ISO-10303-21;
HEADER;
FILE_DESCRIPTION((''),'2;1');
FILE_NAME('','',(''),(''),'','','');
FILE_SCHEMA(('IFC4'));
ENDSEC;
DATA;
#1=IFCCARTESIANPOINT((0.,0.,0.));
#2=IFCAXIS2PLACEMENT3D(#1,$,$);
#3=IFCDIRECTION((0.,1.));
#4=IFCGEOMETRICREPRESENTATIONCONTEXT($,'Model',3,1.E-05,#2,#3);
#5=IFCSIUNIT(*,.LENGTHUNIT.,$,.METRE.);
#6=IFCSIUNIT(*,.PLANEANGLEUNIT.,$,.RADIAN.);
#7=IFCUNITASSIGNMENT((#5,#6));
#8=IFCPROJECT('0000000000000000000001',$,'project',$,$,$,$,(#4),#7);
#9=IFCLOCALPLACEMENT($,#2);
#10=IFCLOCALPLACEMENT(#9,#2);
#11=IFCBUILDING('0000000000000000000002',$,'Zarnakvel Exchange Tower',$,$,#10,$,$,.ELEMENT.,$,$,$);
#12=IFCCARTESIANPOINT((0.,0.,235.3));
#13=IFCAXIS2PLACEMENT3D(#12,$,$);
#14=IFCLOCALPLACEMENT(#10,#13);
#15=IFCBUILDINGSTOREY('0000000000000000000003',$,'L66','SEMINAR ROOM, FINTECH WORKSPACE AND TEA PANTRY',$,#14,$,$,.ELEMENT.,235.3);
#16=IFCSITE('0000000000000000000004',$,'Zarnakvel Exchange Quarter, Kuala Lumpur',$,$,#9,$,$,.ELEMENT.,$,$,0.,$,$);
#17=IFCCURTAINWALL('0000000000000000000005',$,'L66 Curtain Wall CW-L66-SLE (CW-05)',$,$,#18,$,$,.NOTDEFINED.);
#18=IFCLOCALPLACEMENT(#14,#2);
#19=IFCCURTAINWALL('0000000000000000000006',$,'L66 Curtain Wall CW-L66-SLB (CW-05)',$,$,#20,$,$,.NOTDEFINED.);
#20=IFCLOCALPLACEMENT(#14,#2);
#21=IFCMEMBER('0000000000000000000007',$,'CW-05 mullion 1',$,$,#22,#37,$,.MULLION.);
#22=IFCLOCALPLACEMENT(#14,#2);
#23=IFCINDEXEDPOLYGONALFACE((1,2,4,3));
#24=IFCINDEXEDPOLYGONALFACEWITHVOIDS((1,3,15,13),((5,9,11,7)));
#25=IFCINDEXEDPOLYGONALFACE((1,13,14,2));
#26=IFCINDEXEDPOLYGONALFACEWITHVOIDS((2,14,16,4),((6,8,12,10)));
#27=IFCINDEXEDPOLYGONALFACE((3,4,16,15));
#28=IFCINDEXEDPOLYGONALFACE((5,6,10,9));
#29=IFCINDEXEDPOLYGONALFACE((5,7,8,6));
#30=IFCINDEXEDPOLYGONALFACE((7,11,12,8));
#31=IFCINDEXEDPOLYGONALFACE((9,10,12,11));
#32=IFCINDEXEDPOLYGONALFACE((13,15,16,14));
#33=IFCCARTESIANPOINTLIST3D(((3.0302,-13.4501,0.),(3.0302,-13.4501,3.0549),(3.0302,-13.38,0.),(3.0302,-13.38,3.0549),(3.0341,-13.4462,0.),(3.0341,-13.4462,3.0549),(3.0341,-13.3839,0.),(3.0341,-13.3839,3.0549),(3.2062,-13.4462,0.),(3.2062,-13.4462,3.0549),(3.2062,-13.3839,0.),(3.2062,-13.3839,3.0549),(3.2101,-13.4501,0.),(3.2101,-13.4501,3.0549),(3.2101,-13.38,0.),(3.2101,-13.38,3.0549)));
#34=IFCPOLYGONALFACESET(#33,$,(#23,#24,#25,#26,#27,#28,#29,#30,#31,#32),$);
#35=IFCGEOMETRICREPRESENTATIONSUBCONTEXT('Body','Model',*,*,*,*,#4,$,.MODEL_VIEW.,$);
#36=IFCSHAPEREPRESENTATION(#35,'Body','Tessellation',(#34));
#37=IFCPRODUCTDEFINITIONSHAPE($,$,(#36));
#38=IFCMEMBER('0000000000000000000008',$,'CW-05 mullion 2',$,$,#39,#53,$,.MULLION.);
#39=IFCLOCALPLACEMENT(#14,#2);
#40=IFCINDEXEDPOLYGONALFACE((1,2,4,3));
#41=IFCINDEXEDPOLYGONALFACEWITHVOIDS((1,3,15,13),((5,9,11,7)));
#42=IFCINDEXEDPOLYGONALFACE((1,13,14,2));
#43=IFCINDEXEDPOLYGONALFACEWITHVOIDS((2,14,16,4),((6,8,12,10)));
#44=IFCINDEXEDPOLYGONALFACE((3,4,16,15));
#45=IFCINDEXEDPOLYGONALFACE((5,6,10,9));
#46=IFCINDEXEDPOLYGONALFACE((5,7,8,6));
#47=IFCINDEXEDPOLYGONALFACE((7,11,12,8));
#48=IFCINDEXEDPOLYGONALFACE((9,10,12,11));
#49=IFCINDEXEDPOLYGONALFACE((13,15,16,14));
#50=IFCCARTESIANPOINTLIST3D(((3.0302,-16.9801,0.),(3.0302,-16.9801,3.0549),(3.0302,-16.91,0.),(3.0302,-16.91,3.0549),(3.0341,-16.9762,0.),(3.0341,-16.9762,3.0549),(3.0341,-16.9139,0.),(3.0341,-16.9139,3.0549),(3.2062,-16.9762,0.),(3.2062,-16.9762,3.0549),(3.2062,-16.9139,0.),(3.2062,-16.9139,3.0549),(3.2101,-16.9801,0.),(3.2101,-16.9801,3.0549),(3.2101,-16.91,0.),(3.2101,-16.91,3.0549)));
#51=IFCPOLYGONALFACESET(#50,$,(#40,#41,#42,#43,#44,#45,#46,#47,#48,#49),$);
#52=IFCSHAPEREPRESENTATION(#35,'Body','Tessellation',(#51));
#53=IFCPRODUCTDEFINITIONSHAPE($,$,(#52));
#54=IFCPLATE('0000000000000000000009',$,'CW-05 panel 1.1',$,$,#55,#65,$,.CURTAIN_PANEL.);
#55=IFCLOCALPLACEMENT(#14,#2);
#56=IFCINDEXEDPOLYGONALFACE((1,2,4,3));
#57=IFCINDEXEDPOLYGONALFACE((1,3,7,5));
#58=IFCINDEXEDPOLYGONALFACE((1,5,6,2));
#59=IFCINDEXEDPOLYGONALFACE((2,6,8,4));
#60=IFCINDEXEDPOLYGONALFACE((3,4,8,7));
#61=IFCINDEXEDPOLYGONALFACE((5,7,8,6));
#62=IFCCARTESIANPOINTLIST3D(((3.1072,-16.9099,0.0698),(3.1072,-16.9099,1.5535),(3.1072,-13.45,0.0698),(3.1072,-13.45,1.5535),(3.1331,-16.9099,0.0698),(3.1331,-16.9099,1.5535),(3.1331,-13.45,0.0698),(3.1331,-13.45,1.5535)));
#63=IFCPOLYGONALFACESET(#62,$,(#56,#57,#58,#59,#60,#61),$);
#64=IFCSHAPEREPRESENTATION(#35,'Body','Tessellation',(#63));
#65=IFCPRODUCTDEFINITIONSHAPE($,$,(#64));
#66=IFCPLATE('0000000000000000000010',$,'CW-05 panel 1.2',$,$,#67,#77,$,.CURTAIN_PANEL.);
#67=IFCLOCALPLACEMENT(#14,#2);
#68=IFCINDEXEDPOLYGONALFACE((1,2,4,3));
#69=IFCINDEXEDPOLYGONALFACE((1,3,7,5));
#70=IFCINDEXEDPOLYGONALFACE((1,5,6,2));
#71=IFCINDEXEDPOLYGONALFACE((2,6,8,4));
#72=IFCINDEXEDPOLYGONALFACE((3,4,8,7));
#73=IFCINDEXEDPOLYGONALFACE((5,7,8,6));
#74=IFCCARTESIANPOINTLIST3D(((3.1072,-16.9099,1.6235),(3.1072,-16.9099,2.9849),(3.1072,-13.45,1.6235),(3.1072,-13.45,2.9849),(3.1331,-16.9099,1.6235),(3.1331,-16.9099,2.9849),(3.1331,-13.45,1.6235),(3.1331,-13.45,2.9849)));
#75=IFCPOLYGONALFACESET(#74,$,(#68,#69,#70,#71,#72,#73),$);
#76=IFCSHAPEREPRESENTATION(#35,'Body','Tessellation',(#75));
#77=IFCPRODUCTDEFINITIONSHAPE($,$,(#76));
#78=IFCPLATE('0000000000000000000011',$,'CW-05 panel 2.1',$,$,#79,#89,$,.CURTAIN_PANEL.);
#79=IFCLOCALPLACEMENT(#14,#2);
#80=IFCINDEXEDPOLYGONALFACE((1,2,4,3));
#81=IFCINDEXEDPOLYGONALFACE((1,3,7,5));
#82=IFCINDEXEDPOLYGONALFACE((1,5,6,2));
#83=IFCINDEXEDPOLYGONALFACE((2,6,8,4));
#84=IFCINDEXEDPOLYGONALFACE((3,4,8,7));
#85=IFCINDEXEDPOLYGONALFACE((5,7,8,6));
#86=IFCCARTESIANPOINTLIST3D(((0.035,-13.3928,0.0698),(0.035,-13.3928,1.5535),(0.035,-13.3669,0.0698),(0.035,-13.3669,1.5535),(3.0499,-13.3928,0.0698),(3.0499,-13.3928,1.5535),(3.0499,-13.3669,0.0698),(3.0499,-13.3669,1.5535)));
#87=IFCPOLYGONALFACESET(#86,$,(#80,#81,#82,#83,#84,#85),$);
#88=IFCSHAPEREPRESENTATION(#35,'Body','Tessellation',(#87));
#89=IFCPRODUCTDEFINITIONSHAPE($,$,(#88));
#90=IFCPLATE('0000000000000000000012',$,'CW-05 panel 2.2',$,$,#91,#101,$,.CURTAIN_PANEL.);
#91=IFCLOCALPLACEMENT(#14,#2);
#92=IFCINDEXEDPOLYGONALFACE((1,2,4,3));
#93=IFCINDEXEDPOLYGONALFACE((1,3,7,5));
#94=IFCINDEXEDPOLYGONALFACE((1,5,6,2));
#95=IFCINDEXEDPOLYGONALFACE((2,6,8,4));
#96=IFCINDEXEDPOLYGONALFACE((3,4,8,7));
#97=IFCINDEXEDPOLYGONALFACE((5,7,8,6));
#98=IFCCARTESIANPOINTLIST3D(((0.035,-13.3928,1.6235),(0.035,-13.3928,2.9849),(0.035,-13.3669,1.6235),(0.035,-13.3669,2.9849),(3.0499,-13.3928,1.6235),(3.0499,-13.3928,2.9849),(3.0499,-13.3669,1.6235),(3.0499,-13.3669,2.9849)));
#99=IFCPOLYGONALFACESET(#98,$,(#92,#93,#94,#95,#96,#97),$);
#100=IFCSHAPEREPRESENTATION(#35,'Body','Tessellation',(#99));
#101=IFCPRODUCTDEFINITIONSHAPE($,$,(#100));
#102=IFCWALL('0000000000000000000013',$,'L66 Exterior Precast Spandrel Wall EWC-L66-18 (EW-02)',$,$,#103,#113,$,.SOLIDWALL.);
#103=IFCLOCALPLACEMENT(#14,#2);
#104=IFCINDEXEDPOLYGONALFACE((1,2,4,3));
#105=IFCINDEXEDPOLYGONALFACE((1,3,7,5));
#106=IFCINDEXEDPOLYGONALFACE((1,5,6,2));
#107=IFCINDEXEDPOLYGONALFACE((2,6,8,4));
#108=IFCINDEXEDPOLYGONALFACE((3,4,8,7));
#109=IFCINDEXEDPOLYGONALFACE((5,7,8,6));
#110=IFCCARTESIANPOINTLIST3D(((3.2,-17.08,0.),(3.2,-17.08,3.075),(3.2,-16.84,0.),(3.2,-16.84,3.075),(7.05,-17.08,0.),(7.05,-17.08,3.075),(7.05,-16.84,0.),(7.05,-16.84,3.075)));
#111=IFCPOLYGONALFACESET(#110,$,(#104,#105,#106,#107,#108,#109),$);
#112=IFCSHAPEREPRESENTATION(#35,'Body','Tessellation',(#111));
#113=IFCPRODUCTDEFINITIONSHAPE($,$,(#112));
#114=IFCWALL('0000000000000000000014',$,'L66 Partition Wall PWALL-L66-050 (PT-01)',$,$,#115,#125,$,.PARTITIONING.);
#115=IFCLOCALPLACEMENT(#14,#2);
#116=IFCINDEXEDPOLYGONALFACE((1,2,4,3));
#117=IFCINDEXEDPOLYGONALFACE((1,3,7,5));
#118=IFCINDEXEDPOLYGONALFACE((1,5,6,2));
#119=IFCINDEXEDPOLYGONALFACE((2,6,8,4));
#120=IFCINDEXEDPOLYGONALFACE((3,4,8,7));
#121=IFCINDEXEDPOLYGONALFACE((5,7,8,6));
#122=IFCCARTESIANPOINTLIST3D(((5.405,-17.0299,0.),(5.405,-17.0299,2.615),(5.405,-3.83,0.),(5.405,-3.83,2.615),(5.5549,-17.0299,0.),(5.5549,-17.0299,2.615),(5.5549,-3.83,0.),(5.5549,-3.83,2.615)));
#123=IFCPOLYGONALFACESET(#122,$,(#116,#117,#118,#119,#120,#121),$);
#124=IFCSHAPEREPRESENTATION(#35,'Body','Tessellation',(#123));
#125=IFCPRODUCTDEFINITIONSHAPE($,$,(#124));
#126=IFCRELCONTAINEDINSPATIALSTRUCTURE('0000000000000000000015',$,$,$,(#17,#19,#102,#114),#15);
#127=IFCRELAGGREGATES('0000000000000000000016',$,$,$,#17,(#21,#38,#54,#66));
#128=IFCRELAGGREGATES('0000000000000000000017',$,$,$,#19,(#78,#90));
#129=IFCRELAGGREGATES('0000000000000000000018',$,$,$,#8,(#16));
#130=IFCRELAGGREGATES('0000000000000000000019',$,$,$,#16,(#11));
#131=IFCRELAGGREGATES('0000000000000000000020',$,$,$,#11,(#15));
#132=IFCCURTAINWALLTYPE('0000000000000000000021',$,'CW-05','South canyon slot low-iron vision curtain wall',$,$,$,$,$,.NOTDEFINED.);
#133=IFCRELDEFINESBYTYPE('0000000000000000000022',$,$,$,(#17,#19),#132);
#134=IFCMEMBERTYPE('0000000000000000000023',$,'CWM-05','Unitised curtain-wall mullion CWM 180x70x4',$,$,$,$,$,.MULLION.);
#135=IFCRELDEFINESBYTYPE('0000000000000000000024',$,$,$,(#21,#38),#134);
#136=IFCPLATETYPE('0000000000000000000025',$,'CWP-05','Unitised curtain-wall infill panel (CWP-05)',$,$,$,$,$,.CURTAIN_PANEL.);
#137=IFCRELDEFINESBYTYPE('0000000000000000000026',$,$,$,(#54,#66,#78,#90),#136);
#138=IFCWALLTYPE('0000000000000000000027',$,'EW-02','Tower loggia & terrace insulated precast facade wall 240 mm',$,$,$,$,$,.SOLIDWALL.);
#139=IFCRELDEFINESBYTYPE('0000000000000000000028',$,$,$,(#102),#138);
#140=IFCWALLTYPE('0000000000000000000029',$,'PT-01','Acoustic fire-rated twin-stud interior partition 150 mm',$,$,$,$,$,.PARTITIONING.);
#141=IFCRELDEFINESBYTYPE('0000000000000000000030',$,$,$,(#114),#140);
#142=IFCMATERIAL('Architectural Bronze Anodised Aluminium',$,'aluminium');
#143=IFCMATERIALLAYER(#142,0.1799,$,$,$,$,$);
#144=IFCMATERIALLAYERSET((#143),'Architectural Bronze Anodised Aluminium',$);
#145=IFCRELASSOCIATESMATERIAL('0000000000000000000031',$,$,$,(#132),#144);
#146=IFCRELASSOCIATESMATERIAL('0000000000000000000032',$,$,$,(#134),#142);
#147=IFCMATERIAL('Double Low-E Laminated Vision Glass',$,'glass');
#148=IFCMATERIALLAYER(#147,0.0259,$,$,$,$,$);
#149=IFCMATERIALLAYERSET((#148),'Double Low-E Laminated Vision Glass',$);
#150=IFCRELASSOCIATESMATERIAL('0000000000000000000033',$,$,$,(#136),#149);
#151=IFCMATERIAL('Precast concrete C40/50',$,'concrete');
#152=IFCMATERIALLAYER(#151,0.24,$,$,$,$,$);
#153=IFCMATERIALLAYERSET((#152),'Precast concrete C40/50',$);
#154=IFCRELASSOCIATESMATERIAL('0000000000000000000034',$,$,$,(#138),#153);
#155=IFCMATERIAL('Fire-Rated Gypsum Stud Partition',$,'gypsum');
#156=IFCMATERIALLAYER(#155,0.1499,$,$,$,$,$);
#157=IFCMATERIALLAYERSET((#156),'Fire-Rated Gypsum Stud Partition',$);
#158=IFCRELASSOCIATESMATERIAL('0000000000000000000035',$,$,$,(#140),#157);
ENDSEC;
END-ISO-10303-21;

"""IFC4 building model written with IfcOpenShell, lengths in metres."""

from ifc_helpers import new_model, si_unit, direction, frame, frame_2d, origin, origin_2d, place, context, subcontext, project, spatial, rectangle, hollow_rectangle, extrude, source, transform, mapped, material, layer, layer_set, material_profile, profile_set, type_object, element, aggregate, save


model = new_model("IFC4")

# Units and contexts
model_context = context("Model", 3, precision=1e-05, world=origin(), true_north=direction((0.0, 1.0)))
body_context = subcontext(model_context, "Body", "Model", "MODEL_VIEW")
ifc_project = project(units=[si_unit("LENGTHUNIT", "METRE"), si_unit("PLANEANGLEUNIT", "RADIAN")], contexts=[model_context])

# Site, building, storey
site_placement = place(None, origin())
site = spatial("IfcSite", under=ifc_project, at=site_placement, Name="Zarnakvel Exchange Quarter, Kuala Lumpur", CompositionType="ELEMENT", RefElevation=0.0)
building_placement = place(site_placement, origin())
building = spatial("IfcBuilding", under=site, at=building_placement, Name="Zarnakvel Exchange Tower", CompositionType="ELEMENT")
storey_placement = place(building_placement, frame((0.0, 0.0, 235.3)))
storey = spatial("IfcBuildingStorey", under=building, at=storey_placement, Name="L66", Description="SEMINAR ROOM, FINTECH WORKSPACE AND TEA PANTRY", CompositionType="ELEMENT", Elevation=235.3)

# Curtain walls
ifc_material_1 = material(Name="Architectural Bronze Anodised Aluminium", Category="aluminium")
ifc_layer_1 = layer(ifc_material_1, 0.1799)
ifc_layer_set_1 = layer_set([ifc_layer_1], Name="Architectural Bronze Anodised Aluminium")
curtain_wall_type = type_object("IfcCurtainWallType", Name="CW-05", Description="South canyon slot low-iron vision curtain wall", PredefinedType="NOTDEFINED", material=ifc_layer_set_1)
curtain_wall_1_placement = place(storey_placement, origin())
curtain_wall_1 = element("IfcCurtainWall", 1, at=curtain_wall_1_placement, inside=storey, type_object=curtain_wall_type, Name="L66 Curtain Wall CW-L66-SLE (CW-05)", PredefinedType="NOTDEFINED")
curtain_wall_2_placement = place(storey_placement, origin())
curtain_wall_2 = element("IfcCurtainWall", 2, at=curtain_wall_2_placement, inside=storey, type_object=curtain_wall_type, Name="L66 Curtain Wall CW-L66-SLB (CW-05)", PredefinedType="NOTDEFINED")
ifc_material_profile_1 = material_profile(ifc_material_1, hollow_rectangle(XDim=0.1799, YDim=0.0701, WallThickness=0.0039, at=origin_2d()))
ifc_profile_set_1 = profile_set([ifc_material_profile_1], Name="Architectural Bronze Anodised Aluminium")
member_type_1 = type_object("IfcMemberType", Name="CWM-05", Description="Unitised curtain-wall mullion CWM 180x70x4", PredefinedType="MULLION", material=ifc_profile_set_1)
shared_shape_1 = source(origin(), body_context, "Body", "SweptSolid", [
    extrude(hollow_rectangle(XDim=0.1799, YDim=0.0701, WallThickness=0.0039, at=origin_2d()), origin(), (0.0, 0.0, 1.0), 3.0549),
])

# Members
member_1_placement = place(storey_placement, frame((3.1201, -13.415, 0.0), z_axis=(0.0, 0.0, 1.0), x_axis=(1.0, 0.0, 0.0)))
member_1 = element("IfcMember", 3, at=member_1_placement, type_object=member_type_1, Name="CW-05 mullion 1", PredefinedType="MULLION", context=body_context, shape_type="MappedRepresentation", body=[
    mapped(shared_shape_1, transform((0.0, 0.0, 0.0), x_axis=(1.0, 0.0, 0.0), y_axis=(0.0, 1.0, 0.0), z_axis=(0.0, 0.0, 1.0), scale=1.0)),
])
member_2_placement = place(storey_placement, frame((3.1201, -16.9451, 0.0), z_axis=(0.0, 0.0, 1.0), x_axis=(1.0, 0.0, 0.0)))
member_2 = element("IfcMember", 4, at=member_2_placement, type_object=member_type_1, Name="CW-05 mullion 2", PredefinedType="MULLION", context=body_context, shape_type="MappedRepresentation", body=[
    mapped(shared_shape_1, transform((0.0, 0.0, 0.0), x_axis=(1.0, 0.0, 0.0), y_axis=(0.0, 1.0, 0.0), z_axis=(0.0, 0.0, 1.0), scale=1.0)),
])

# Plates
ifc_material_2 = material(Name="Double Low-E Laminated Vision Glass", Category="glass")
ifc_layer_2 = layer(ifc_material_2, 0.0259)
ifc_layer_set_2 = layer_set([ifc_layer_2], Name="Double Low-E Laminated Vision Glass")
plate_type = type_object("IfcPlateType", Name="CWP-05", Description="Unitised curtain-wall infill panel (CWP-05)", PredefinedType="CURTAIN_PANEL", material=ifc_layer_set_2)
shared_shape_2 = source(origin(), body_context, "Body", "SweptSolid", [
    extrude(rectangle(XDim=3.46, YDim=0.0259, at=origin_2d()), origin(), (0.0, 0.0, 1.0), 1.4836),
])
plate_1_placement = place(storey_placement, frame((3.1201, -15.1799, 0.0698), z_axis=(0.0, 0.0, 1.0), x_axis=(0.0, -1.0, 0.0)))
plate_1 = element("IfcPlate", 5, at=plate_1_placement, type_object=plate_type, Name="CW-05 panel 1.1", PredefinedType="CURTAIN_PANEL", context=body_context, shape_type="MappedRepresentation", body=[
    mapped(shared_shape_2, transform((0.0, 0.0, 0.0), x_axis=(1.0, 0.0, 0.0), y_axis=(0.0, 1.0, 0.0), z_axis=(0.0, 0.0, 1.0), scale=1.0)),
])
shared_shape_3 = source(origin(), body_context, "Body", "SweptSolid", [
    extrude(rectangle(XDim=3.46, YDim=0.0259, at=origin_2d()), origin(), (0.0, 0.0, 1.0), 1.3613),
])
plate_2_placement = place(storey_placement, frame((3.1201, -15.1799, 1.6235), z_axis=(0.0, 0.0, 1.0), x_axis=(0.0, -1.0, 0.0)))
plate_2 = element("IfcPlate", 6, at=plate_2_placement, type_object=plate_type, Name="CW-05 panel 1.2", PredefinedType="CURTAIN_PANEL", context=body_context, shape_type="MappedRepresentation", body=[
    mapped(shared_shape_3, transform((0.0, 0.0, 0.0), x_axis=(1.0, 0.0, 0.0), y_axis=(0.0, 1.0, 0.0), z_axis=(0.0, 0.0, 1.0), scale=1.0)),
])
aggregate(curtain_wall_1, [member_1, member_2, plate_1, plate_2])
shared_shape_4 = source(origin(), body_context, "Body", "SweptSolid", [
    extrude(rectangle(XDim=3.0149, YDim=0.0259, at=origin_2d()), origin(), (0.0, 0.0, 1.0), 1.4836),
])
plate_3_placement = place(storey_placement, frame((1.5425, -13.3799, 0.0698), z_axis=(0.0, 0.0, 1.0), x_axis=(1.0, 0.0, 0.0)))
plate_3 = element("IfcPlate", 7, at=plate_3_placement, type_object=plate_type, Name="CW-05 panel 2.1", PredefinedType="CURTAIN_PANEL", context=body_context, shape_type="MappedRepresentation", body=[
    mapped(shared_shape_4, transform((0.0, 0.0, 0.0), x_axis=(1.0, 0.0, 0.0), y_axis=(0.0, 1.0, 0.0), z_axis=(0.0, 0.0, 1.0), scale=1.0)),
])
shared_shape_5 = source(origin(), body_context, "Body", "SweptSolid", [
    extrude(rectangle(XDim=3.0149, YDim=0.0259, at=origin_2d()), origin(), (0.0, 0.0, 1.0), 1.3613),
])
plate_4_placement = place(storey_placement, frame((1.5425, -13.3799, 1.6235), z_axis=(0.0, 0.0, 1.0), x_axis=(1.0, 0.0, 0.0)))
plate_4 = element("IfcPlate", 8, at=plate_4_placement, type_object=plate_type, Name="CW-05 panel 2.2", PredefinedType="CURTAIN_PANEL", context=body_context, shape_type="MappedRepresentation", body=[
    mapped(shared_shape_5, transform((0.0, 0.0, 0.0), x_axis=(1.0, 0.0, 0.0), y_axis=(0.0, 1.0, 0.0), z_axis=(0.0, 0.0, 1.0), scale=1.0)),
])
aggregate(curtain_wall_2, [plate_3, plate_4])

# Walls
ifc_material_3 = material(Name="Precast concrete C40/50", Category="concrete")
ifc_layer_3 = layer(ifc_material_3, 0.24)
ifc_layer_set_3 = layer_set([ifc_layer_3], Name="Precast concrete C40/50")
wall_type_1 = type_object("IfcWallType", Name="EW-02", Description="Tower loggia & terrace insulated precast facade wall 240 mm", PredefinedType="SOLIDWALL", material=ifc_layer_set_3)
wall_1_placement = place(storey_placement, frame((3.2, -16.96, 0.0), z_axis=(0.0, 0.0, 1.0), x_axis=(1.0, 0.0, 0.0)))
element("IfcWall", 9, at=wall_1_placement, inside=storey, type_object=wall_type_1, Name="L66 Exterior Precast Spandrel Wall EWC-L66-18 (EW-02)", PredefinedType="SOLIDWALL", context=body_context, shape_type="SweptSolid", body=[
    extrude(rectangle(XDim=3.8501, YDim=0.24, at=frame_2d((1.925, 0.0))), origin(), (0.0, 0.0, 1.0), 3.075),
])
ifc_material_4 = material(Name="Fire-Rated Gypsum Stud Partition", Category="gypsum")
ifc_layer_4 = layer(ifc_material_4, 0.1499)
ifc_layer_set_4 = layer_set([ifc_layer_4], Name="Fire-Rated Gypsum Stud Partition")
wall_type_2 = type_object("IfcWallType", Name="PT-01", Description="Acoustic fire-rated twin-stud interior partition 150 mm", PredefinedType="PARTITIONING", material=ifc_layer_set_4)
wall_2_placement = place(storey_placement, frame((5.48, -17.03, 0.0), z_axis=(0.0, 0.0, 1.0), x_axis=(0.0, 1.0, 0.0)))
element("IfcWall", 10, at=wall_2_placement, inside=storey, type_object=wall_type_2, Name="L66 Partition Wall PWALL-L66-050 (PT-01)", PredefinedType="PARTITIONING", context=body_context, shape_type="SweptSolid", body=[
    extrude(rectangle(XDim=13.2, YDim=0.1499, at=frame_2d((6.6001, 0.0))), origin(), (0.0, 0.0, 1.0), 2.615),
])

save(model, "model.ifc")
